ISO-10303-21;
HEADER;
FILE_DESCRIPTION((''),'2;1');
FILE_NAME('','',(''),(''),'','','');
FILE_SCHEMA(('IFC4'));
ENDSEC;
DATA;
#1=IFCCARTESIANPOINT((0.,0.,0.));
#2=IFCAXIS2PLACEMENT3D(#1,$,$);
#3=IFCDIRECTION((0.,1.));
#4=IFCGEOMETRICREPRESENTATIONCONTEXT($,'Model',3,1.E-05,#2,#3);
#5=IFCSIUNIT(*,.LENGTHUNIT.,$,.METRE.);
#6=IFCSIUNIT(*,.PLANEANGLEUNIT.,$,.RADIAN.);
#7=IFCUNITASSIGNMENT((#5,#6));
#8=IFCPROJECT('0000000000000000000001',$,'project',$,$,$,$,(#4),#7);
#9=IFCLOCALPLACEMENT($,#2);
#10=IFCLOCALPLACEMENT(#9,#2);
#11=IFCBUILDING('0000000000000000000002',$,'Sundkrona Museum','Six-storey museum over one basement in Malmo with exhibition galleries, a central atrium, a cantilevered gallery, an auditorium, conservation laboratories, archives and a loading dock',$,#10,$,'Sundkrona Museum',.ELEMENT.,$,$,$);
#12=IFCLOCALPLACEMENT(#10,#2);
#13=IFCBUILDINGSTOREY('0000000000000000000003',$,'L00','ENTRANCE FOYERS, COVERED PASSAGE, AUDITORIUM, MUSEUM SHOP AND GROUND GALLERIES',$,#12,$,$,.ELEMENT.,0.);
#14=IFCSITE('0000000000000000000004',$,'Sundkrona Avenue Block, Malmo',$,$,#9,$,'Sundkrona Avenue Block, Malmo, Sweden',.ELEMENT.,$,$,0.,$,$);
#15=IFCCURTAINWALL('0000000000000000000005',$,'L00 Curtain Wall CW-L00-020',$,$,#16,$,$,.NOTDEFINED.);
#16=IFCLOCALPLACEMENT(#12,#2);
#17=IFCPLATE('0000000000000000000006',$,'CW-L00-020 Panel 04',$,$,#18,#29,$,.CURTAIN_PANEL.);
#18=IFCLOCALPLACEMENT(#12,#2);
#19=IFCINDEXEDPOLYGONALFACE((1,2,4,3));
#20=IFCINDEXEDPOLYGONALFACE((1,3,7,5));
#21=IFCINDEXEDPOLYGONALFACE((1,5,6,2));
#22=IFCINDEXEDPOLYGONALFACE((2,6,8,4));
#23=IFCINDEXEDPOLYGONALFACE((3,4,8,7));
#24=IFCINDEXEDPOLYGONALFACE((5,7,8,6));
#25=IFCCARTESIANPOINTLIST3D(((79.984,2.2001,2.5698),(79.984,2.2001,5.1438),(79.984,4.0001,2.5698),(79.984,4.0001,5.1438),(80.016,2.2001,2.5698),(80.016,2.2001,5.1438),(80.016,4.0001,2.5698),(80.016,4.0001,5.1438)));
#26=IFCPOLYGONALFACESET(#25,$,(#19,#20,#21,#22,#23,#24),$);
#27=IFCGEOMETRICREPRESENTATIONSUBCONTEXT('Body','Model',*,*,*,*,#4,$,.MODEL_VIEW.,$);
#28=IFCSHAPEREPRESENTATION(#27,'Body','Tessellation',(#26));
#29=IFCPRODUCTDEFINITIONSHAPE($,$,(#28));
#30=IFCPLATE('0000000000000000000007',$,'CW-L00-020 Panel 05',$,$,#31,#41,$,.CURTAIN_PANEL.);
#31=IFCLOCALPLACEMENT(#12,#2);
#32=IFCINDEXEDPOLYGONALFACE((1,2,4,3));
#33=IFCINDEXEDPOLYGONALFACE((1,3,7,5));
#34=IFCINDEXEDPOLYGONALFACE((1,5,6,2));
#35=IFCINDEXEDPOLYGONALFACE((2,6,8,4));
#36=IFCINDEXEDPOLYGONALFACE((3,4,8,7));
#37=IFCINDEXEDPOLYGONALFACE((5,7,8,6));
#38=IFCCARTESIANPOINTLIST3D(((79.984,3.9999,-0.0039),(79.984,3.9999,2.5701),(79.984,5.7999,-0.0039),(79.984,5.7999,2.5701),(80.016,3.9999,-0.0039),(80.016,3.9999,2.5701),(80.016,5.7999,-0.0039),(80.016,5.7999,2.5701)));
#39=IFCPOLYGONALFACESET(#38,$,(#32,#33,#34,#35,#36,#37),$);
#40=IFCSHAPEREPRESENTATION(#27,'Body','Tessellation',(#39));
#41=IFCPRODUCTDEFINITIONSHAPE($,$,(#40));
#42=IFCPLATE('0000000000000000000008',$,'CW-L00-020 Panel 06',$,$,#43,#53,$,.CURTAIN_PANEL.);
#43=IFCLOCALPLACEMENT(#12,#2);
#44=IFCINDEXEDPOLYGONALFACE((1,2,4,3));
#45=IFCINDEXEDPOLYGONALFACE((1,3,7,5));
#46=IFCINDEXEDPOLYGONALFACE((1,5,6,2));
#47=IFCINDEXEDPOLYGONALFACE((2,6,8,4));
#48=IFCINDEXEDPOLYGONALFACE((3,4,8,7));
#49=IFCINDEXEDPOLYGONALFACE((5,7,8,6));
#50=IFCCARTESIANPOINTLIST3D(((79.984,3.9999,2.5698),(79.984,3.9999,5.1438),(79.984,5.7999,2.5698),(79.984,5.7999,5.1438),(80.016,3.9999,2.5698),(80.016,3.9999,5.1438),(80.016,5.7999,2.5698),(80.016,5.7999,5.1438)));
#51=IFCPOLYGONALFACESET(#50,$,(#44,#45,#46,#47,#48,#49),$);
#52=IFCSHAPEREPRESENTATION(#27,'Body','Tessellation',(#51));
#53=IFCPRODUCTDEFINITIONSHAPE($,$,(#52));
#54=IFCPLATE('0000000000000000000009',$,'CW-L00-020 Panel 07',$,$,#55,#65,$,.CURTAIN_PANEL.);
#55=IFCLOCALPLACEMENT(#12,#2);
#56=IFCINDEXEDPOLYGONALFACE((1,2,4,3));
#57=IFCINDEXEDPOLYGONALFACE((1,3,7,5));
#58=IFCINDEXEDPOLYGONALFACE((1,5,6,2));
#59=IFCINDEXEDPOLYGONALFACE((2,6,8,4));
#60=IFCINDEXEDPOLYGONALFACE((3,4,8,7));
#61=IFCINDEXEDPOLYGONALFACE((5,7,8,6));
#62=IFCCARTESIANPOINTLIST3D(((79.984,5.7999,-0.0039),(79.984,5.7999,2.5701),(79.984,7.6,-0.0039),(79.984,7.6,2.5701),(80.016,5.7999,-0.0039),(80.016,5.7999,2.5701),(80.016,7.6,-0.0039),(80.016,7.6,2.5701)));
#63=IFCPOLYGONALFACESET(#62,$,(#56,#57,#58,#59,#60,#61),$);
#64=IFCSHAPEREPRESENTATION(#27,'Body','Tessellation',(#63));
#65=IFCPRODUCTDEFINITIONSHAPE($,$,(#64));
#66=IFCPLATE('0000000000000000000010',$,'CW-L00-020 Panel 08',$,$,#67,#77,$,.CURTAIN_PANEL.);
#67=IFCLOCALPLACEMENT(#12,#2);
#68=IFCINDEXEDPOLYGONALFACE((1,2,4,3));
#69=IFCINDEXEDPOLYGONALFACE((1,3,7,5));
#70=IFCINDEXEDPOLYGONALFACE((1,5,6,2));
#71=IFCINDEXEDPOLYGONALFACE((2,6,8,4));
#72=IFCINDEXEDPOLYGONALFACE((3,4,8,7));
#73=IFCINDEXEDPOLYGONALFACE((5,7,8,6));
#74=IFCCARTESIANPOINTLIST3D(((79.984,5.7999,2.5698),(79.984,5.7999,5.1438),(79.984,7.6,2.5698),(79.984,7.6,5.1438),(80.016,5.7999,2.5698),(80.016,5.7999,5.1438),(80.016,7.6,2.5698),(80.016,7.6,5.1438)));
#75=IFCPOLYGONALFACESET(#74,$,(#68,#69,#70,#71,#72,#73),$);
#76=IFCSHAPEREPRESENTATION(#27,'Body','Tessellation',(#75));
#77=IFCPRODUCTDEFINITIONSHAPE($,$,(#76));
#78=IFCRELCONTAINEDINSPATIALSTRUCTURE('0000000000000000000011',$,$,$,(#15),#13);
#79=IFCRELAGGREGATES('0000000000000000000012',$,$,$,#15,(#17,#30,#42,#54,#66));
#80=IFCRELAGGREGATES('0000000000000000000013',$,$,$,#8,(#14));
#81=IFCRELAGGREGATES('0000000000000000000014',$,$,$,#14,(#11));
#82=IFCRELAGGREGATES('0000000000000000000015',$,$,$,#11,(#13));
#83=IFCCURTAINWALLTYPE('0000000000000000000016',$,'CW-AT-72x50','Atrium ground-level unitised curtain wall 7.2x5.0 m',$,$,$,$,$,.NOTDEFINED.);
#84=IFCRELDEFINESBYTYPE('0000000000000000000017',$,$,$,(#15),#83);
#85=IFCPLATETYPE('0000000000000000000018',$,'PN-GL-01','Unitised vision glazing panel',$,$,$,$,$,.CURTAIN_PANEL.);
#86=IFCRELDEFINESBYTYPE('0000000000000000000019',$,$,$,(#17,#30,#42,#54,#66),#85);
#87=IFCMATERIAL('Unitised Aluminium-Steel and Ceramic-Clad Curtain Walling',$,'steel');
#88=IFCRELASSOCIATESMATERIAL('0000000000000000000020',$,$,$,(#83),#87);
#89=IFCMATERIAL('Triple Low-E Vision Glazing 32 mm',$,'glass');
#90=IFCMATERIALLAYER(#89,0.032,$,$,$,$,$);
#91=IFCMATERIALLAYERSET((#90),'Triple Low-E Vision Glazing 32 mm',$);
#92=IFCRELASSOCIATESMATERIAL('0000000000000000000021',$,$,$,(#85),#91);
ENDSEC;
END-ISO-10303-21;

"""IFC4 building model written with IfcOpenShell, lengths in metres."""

from ifc_helpers import new_model, si_unit, direction, frame, origin, origin_2d, place, context, subcontext, project, spatial, rectangle, extrude, material, layer, layer_set, type_object, element, aggregate, save


model = new_model("IFC4")

# Units and contexts
model_context = context("Model", 3, precision=1e-05, world=origin(), true_north=direction((0.0, 1.0)))
body_context = subcontext(model_context, "Body", "Model", "MODEL_VIEW")
ifc_project = project(units=[si_unit("LENGTHUNIT", "METRE"), si_unit("PLANEANGLEUNIT", "RADIAN")], contexts=[model_context])

# Site, building, storey
site_placement = place(None, origin())
site = spatial("IfcSite", under=ifc_project, at=site_placement, Name="Sundkrona Avenue Block, Malmo", LongName="Sundkrona Avenue Block, Malmo, Sweden", CompositionType="ELEMENT", RefElevation=0.0)
building_placement = place(site_placement, origin())
building = spatial("IfcBuilding", under=site, at=building_placement, Name="Sundkrona Museum", Description="Six-storey museum over one basement in Malmo with exhibition galleries, a central atrium, a cantilevered gallery, an auditorium, conservation laboratories, archives and a loading dock", LongName="Sundkrona Museum", CompositionType="ELEMENT")
storey_placement = place(building_placement, origin())
storey = spatial("IfcBuildingStorey", under=building, at=storey_placement, Name="L00", Description="ENTRANCE FOYERS, COVERED PASSAGE, AUDITORIUM, MUSEUM SHOP AND GROUND GALLERIES", CompositionType="ELEMENT", Elevation=0.0)

# Curtain wall
ifc_material_1 = material(Name="Unitised Aluminium-Steel and Ceramic-Clad Curtain Walling", Category="steel")
curtain_wall_type = type_object("IfcCurtainWallType", Name="CW-AT-72x50", Description="Atrium ground-level unitised curtain wall 7.2x5.0 m", PredefinedType="NOTDEFINED", material=ifc_material_1)
curtain_wall_1_placement = place(storey_placement, origin())
curtain_wall_1 = element("IfcCurtainWall", 1, at=curtain_wall_1_placement, inside=storey, type_object=curtain_wall_type, Name="L00 Curtain Wall CW-L00-020", PredefinedType="NOTDEFINED")

# Plates
ifc_material_2 = material(Name="Triple Low-E Vision Glazing 32 mm", Category="glass")
ifc_layer_1 = layer(ifc_material_2, 0.032)
ifc_layer_set_1 = layer_set([ifc_layer_1], Name="Triple Low-E Vision Glazing 32 mm")
plate_type_1 = type_object("IfcPlateType", Name="PN-GL-01", Description="Unitised vision glazing panel", PredefinedType="CURTAIN_PANEL", material=ifc_layer_set_1)
plate_1_placement = place(storey_placement, frame((80.0, 3.1001, 2.5698), z_axis=(0.0, 0.0, 1.0), x_axis=(0.0, 1.0, 0.0)))
plate_1 = element("IfcPlate", 2, at=plate_1_placement, type_object=plate_type_1, Name="CW-L00-020 Panel 04", PredefinedType="CURTAIN_PANEL", context=body_context, shape_type="SweptSolid", body=[
    extrude(rectangle(XDim=1.8, YDim=0.032, at=origin_2d()), origin(), (0.0, 0.0, 1.0), 2.574),
])
plate_2_placement = place(storey_placement, frame((80.0, 4.8999, -0.0039), z_axis=(0.0, 0.0, 1.0), x_axis=(0.0, 1.0, 0.0)))
plate_2 = element("IfcPlate", 3, at=plate_2_placement, type_object=plate_type_1, Name="CW-L00-020 Panel 05", PredefinedType="CURTAIN_PANEL", context=body_context, shape_type="SweptSolid", body=[
    extrude(rectangle(XDim=1.8, YDim=0.032, at=origin_2d()), origin(), (0.0, 0.0, 1.0), 2.574),
])
plate_3_placement = place(storey_placement, frame((80.0, 4.8999, 2.5698), z_axis=(0.0, 0.0, 1.0), x_axis=(0.0, 1.0, 0.0)))
plate_3 = element("IfcPlate", 4, at=plate_3_placement, type_object=plate_type_1, Name="CW-L00-020 Panel 06", PredefinedType="CURTAIN_PANEL", context=body_context, shape_type="SweptSolid", body=[
    extrude(rectangle(XDim=1.8, YDim=0.032, at=origin_2d()), origin(), (0.0, 0.0, 1.0), 2.574),
])
plate_4_placement = place(storey_placement, frame((80.0, 6.7, -0.0039), z_axis=(0.0, 0.0, 1.0), x_axis=(0.0, 1.0, 0.0)))
plate_4 = element("IfcPlate", 5, at=plate_4_placement, type_object=plate_type_1, Name="CW-L00-020 Panel 07", PredefinedType="CURTAIN_PANEL", context=body_context, shape_type="SweptSolid", body=[
    extrude(rectangle(XDim=1.8, YDim=0.032, at=origin_2d()), origin(), (0.0, 0.0, 1.0), 2.574),
])
plate_5_placement = place(storey_placement, frame((80.0, 6.7, 2.5698), z_axis=(0.0, 0.0, 1.0), x_axis=(0.0, 1.0, 0.0)))
plate_5 = element("IfcPlate", 6, at=plate_5_placement, type_object=plate_type_1, Name="CW-L00-020 Panel 08", PredefinedType="CURTAIN_PANEL", context=body_context, shape_type="SweptSolid", body=[
    extrude(rectangle(XDim=1.8, YDim=0.032, at=origin_2d()), origin(), (0.0, 0.0, 1.0), 2.574),
])
aggregate(curtain_wall_1, [plate_1, plate_2, plate_3, plate_4, plate_5])

save(model, "model.ifc")
